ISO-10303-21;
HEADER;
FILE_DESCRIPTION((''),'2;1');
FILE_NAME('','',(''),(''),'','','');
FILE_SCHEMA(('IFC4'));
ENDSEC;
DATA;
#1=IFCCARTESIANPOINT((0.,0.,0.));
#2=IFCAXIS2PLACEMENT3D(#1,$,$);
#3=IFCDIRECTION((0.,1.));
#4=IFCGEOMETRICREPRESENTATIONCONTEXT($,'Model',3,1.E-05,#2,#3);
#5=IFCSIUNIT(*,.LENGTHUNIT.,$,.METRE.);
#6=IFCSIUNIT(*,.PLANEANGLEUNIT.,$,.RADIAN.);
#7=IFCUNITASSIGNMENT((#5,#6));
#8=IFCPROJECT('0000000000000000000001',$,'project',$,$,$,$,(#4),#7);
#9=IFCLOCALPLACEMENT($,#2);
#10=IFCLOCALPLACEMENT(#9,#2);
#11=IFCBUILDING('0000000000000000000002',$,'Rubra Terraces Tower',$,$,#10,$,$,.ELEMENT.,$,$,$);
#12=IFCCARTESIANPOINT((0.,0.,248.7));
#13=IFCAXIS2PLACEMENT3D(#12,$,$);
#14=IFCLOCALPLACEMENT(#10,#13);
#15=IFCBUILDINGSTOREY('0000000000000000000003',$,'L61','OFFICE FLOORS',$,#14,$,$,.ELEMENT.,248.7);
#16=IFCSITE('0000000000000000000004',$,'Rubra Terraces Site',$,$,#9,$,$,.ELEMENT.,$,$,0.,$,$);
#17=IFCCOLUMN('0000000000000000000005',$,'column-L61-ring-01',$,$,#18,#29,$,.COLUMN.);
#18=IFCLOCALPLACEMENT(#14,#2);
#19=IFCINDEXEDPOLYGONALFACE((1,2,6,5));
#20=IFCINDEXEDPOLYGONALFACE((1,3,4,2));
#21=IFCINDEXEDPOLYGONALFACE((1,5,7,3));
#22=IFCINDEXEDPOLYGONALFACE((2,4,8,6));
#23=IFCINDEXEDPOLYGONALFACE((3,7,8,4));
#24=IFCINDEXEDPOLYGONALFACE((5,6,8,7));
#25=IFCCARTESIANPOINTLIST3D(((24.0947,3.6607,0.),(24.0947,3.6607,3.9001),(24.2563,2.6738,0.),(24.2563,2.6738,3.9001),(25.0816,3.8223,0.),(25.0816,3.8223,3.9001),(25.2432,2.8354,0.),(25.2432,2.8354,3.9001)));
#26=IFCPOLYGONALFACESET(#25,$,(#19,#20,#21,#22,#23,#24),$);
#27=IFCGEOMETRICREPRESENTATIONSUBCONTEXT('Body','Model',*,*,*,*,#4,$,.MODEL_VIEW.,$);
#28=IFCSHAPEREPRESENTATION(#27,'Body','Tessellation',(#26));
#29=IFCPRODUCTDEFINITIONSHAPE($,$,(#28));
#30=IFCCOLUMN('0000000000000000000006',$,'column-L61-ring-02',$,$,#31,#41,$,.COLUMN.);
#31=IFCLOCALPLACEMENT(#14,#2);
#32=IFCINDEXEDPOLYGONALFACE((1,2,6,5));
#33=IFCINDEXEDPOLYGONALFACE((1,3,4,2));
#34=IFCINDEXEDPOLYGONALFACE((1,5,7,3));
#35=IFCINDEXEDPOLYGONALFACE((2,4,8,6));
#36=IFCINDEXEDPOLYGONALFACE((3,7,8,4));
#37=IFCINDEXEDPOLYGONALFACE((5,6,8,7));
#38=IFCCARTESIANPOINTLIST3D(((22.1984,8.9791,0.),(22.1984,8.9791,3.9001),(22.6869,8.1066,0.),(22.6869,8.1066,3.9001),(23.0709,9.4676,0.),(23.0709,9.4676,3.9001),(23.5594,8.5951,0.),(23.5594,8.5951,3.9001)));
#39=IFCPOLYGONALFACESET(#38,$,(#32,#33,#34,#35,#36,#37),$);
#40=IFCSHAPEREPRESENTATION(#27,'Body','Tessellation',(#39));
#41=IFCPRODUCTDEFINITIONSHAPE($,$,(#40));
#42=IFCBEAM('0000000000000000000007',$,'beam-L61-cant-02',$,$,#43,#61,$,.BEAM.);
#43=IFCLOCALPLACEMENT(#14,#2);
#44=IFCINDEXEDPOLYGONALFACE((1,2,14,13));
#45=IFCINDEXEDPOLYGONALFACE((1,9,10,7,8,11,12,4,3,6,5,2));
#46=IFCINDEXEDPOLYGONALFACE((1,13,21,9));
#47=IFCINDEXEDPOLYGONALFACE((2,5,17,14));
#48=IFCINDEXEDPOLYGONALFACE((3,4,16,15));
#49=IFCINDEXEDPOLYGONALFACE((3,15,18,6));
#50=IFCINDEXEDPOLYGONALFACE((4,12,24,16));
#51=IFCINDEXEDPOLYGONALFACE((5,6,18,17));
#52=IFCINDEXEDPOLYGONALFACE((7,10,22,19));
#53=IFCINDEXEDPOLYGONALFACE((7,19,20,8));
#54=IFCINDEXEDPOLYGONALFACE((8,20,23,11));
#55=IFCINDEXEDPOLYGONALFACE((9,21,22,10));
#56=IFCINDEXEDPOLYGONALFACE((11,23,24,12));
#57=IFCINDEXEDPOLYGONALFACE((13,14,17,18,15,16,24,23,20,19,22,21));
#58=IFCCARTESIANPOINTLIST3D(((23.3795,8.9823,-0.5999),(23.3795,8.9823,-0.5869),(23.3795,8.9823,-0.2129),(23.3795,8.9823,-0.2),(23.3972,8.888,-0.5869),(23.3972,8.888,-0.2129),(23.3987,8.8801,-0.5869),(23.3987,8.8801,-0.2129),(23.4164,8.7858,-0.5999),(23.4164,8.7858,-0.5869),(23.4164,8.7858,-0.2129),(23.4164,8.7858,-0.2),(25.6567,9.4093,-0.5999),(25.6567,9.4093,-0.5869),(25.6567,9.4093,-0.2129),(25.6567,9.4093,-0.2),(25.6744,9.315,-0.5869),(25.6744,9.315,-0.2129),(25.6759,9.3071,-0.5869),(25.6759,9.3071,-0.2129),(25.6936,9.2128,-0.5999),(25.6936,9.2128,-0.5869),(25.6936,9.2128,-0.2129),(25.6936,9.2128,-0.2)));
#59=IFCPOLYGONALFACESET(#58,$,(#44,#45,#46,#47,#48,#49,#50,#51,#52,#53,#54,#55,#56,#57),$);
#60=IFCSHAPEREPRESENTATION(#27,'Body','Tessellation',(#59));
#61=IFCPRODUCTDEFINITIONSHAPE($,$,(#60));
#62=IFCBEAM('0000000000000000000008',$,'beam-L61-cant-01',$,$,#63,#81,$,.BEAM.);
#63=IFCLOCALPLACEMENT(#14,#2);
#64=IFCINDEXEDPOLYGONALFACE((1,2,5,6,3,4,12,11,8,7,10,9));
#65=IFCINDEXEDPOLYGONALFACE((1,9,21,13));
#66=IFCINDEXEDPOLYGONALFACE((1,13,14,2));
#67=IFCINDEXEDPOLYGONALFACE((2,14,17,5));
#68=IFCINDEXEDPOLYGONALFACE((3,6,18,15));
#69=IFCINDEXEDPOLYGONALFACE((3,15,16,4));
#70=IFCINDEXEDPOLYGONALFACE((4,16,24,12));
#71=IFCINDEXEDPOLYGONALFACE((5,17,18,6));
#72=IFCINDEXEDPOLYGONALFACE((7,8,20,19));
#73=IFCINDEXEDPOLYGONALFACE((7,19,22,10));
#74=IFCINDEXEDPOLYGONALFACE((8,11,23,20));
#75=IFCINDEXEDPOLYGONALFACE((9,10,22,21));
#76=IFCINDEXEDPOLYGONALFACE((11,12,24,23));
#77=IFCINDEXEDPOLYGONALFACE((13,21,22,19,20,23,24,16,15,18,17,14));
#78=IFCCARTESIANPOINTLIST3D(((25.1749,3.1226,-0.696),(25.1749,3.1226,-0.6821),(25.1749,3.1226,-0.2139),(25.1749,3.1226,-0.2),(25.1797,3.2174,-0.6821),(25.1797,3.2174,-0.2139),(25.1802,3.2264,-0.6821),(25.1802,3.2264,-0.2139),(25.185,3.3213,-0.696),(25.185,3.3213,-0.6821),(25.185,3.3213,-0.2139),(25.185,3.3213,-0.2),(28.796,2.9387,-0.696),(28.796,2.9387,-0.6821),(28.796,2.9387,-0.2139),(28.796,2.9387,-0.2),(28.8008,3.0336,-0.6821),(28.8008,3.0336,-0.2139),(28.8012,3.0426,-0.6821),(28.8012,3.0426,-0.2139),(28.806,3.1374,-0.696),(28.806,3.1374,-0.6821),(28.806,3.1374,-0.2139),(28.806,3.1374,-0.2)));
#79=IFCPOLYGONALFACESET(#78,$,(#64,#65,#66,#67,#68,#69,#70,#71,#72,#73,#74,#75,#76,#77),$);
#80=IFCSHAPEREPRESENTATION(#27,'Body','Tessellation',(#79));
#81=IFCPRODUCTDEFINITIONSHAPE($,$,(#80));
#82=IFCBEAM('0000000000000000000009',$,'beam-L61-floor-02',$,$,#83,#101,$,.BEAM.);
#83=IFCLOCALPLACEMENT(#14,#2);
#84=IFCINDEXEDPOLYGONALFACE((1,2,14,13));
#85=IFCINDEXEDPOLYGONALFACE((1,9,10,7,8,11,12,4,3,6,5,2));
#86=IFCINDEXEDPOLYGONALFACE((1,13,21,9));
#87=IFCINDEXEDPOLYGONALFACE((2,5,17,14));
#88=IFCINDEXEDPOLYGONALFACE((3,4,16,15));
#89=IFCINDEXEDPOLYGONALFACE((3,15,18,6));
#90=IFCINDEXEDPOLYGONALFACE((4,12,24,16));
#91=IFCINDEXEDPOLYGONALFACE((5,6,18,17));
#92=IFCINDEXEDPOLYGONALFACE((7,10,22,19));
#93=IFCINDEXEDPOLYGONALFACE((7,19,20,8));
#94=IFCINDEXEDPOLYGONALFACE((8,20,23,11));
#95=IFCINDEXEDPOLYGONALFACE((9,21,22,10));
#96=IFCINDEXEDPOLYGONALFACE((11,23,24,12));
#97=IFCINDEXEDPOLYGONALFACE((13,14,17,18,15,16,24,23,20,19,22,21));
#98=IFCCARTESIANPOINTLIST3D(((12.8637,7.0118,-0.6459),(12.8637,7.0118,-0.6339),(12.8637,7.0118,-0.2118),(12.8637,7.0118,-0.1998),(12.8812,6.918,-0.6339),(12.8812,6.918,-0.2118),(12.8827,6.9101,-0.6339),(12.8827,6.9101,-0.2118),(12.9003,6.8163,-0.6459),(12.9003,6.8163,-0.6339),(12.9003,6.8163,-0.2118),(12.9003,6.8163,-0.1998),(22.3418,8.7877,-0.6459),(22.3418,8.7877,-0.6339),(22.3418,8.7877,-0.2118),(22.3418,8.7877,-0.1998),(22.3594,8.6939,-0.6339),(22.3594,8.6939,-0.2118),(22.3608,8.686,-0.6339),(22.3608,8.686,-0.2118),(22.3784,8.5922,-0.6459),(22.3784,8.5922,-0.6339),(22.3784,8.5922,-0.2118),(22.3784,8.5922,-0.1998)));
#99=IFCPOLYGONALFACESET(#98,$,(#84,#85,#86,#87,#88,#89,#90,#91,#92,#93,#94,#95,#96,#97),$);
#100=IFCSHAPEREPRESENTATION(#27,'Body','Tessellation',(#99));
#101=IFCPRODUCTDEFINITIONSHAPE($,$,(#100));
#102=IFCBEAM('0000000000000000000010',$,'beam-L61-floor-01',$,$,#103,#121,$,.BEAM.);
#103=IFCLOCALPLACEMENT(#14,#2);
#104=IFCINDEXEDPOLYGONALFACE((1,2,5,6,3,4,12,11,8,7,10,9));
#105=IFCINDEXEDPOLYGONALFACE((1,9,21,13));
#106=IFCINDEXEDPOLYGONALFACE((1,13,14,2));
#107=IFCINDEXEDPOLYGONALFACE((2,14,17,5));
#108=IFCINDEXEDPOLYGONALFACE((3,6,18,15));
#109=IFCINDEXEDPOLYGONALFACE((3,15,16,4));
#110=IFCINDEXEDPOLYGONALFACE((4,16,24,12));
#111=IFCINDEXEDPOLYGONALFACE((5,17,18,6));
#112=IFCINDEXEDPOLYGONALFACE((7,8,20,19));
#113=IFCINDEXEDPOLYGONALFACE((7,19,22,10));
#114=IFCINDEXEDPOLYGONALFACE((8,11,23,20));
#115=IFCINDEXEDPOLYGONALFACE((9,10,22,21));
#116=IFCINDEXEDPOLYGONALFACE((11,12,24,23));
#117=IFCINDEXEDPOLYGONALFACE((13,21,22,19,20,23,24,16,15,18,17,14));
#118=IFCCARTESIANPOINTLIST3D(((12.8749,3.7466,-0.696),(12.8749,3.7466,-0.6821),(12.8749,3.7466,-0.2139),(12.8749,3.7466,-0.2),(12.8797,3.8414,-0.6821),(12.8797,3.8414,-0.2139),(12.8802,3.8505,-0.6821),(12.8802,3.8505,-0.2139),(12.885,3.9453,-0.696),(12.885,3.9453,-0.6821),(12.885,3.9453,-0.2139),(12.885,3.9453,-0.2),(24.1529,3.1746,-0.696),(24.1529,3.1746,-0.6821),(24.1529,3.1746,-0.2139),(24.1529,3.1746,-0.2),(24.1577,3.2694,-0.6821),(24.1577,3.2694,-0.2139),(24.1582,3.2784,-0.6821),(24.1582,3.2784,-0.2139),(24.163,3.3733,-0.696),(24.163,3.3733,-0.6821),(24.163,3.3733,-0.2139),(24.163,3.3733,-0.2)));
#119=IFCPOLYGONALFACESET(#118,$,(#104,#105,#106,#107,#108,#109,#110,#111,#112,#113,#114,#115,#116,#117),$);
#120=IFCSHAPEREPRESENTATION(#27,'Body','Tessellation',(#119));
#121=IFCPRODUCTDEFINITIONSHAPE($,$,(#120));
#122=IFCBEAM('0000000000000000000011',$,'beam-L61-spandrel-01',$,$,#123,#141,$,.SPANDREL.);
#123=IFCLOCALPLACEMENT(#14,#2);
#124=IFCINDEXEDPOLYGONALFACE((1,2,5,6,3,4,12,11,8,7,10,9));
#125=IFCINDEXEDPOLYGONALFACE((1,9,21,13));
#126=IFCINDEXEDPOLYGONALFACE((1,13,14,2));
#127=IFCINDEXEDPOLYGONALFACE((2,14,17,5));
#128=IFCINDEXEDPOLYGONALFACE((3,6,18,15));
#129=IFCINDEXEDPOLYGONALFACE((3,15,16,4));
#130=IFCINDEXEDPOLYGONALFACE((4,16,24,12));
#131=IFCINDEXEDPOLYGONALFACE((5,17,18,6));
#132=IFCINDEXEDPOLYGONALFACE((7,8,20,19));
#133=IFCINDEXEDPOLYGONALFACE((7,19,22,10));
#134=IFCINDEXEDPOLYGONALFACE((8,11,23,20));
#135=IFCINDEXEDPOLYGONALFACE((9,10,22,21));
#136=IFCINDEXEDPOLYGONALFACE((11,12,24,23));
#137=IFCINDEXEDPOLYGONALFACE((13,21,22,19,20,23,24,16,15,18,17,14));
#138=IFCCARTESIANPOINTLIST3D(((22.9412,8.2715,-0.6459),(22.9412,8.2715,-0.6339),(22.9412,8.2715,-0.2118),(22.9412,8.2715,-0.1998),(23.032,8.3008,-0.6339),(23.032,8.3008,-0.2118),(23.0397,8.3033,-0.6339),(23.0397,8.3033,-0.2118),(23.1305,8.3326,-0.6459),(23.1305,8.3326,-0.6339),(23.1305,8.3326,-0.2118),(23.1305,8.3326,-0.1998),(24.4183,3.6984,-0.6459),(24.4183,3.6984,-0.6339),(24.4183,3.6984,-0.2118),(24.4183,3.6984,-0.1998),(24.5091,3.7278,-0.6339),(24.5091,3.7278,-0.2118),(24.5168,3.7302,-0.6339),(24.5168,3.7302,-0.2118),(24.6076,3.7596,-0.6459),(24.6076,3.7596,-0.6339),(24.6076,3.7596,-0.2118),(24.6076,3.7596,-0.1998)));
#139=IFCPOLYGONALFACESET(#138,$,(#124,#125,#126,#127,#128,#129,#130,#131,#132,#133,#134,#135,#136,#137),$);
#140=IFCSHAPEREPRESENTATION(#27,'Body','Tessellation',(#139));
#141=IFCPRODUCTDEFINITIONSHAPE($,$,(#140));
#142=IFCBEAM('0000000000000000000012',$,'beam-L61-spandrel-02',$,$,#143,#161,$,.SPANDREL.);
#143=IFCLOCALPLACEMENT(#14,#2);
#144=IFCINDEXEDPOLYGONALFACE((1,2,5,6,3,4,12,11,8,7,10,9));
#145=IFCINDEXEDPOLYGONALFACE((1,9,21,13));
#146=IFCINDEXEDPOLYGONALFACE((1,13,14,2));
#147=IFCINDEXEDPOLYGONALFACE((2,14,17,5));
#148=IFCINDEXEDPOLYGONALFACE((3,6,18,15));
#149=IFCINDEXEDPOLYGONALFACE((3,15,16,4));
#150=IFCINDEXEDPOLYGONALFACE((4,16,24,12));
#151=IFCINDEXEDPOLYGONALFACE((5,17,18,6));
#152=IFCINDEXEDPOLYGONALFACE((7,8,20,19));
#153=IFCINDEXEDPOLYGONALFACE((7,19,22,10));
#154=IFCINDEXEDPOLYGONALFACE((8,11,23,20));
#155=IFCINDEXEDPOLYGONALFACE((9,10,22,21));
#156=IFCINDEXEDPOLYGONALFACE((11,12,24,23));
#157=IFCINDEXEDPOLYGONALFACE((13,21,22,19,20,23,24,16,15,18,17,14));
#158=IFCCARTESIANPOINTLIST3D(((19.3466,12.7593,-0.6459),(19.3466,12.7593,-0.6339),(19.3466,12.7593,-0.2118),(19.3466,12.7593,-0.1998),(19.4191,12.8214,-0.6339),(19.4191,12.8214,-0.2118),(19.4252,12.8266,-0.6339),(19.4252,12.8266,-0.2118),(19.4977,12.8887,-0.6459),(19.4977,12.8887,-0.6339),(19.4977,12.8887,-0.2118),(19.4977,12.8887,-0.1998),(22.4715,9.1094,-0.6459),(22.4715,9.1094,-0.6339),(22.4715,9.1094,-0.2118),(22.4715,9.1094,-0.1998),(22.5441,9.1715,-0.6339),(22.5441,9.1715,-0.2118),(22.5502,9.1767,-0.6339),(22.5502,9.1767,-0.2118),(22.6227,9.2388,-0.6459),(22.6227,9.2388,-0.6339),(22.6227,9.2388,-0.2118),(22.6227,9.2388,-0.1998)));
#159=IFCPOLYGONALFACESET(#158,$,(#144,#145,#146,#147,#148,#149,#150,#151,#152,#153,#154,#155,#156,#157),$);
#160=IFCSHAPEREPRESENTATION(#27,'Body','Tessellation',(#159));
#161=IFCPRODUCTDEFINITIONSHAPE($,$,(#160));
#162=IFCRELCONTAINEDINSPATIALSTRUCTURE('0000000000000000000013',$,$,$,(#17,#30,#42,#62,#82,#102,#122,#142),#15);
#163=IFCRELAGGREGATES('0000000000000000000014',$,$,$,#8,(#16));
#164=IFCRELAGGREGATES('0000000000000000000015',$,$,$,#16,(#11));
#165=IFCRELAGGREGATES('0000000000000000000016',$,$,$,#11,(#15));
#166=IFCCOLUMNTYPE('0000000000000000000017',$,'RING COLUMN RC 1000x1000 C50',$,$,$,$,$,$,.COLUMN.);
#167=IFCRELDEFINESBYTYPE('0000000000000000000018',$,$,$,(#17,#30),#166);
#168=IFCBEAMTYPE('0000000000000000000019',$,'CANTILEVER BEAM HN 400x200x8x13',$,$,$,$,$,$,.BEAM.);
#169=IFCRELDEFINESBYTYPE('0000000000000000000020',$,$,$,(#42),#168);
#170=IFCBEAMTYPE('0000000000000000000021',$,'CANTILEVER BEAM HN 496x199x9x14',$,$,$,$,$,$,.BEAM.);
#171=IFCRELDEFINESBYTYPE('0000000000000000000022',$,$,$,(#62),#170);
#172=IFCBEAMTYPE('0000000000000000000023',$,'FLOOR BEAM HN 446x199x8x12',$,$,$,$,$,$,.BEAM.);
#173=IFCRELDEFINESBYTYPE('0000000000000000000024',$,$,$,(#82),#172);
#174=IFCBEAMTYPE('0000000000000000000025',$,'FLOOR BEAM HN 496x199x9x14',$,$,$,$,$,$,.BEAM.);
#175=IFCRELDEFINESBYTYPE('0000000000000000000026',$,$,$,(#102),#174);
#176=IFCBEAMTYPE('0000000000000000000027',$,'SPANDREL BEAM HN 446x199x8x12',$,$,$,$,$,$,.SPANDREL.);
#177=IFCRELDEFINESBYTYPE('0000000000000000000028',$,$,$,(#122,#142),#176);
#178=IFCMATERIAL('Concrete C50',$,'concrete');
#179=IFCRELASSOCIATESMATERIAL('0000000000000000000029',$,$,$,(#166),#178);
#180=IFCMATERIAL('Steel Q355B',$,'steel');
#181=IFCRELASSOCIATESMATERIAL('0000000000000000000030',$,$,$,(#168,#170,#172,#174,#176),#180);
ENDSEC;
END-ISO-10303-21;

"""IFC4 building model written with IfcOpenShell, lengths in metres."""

from ifc_helpers import new_model, si_unit, direction, frame, origin, origin_2d, place, context, subcontext, project, spatial, rectangle, i_section, extrude, material, material_profile, profile_set, type_object, element, save


model = new_model("IFC4")

# Units and contexts
model_context = context("Model", 3, precision=1e-05, world=origin(), true_north=direction((0.0, 1.0)))
body_context = subcontext(model_context, "Body", "Model", "MODEL_VIEW")
ifc_project = project(units=[si_unit("LENGTHUNIT", "METRE"), si_unit("PLANEANGLEUNIT", "RADIAN")], contexts=[model_context])

# Site, building, storey
site_placement = place(None, origin())
site = spatial("IfcSite", under=ifc_project, at=site_placement, Name="Rubra Terraces Site", CompositionType="ELEMENT", RefElevation=0.0)
building_placement = place(site_placement, origin())
building = spatial("IfcBuilding", under=site, at=building_placement, Name="Rubra Terraces Tower", CompositionType="ELEMENT")
storey_placement = place(building_placement, frame((0.0, 0.0, 248.7)))
storey = spatial("IfcBuildingStorey", under=building, at=storey_placement, Name="L61", Description="OFFICE FLOORS", CompositionType="ELEMENT", Elevation=248.7)

# Columns
ifc_material_1 = material(Name="Concrete C50", Category="concrete")
ifc_material_profile_1 = material_profile(ifc_material_1, rectangle(XDim=1.0, YDim=1.0, at=origin_2d()), Name="RC 1000x1000")
ifc_profile_set_1 = profile_set([ifc_material_profile_1], Name="Concrete C50")
column_type = type_object("IfcColumnType", Name="RING COLUMN RC 1000x1000 C50", PredefinedType="COLUMN", material=ifc_profile_set_1)
for number, where, z_axis, x_axis, name in (
    (1, (24.6689, 3.248, 0.0), (0.0, 0.0, 1.0), (-0.161559, 0.986863, 0.0), "column-L61-ring-01"),
    (2, (22.8789, 8.7871, 0.0), (0.0, 0.0, 1.0), (-0.488526, 0.872549, 0.0), "column-L61-ring-02"),
):
    element("IfcColumn", number, at=place(storey_placement, frame(where, z_axis=z_axis, x_axis=x_axis)), inside=storey, type_object=column_type, Name=name, PredefinedType="COLUMN", context=body_context, shape_type="SweptSolid", body=[
        extrude(rectangle(XDim=1.0, YDim=1.0, at=origin_2d()), origin(), (0.0, 0.0, 1.0), 3.9001),
    ])

# Beams
ifc_material_2 = material(Name="Steel Q355B", Category="steel")
ifc_material_profile_2 = material_profile(ifc_material_2, i_section(OverallWidth=0.2, OverallDepth=0.3999, WebThickness=0.0081, FlangeThickness=0.0129, at=origin_2d()), Name="HN 400x200x8x13")
ifc_profile_set_2 = profile_set([ifc_material_profile_2], Name="Steel Q355B")
beam_type_1 = type_object("IfcBeamType", Name="CANTILEVER BEAM HN 400x200x8x13", PredefinedType="BEAM", material=ifc_profile_set_2)
beam_1_placement = place(storey_placement, frame((23.3979, 8.884, -0.3999), z_axis=(0.982869, 0.184308, 0.0), x_axis=(-0.184308, 0.982869, 0.0)))
element("IfcBeam", 3, at=beam_1_placement, inside=storey, type_object=beam_type_1, Name="beam-L61-cant-02", PredefinedType="BEAM", context=body_context, shape_type="SweptSolid", body=[
    extrude(i_section(OverallWidth=0.2, OverallDepth=0.3999, WebThickness=0.0081, FlangeThickness=0.0129, at=origin_2d()), origin(), (0.0, 0.0, 1.0), 2.3169),
])
ifc_material_profile_3 = material_profile(ifc_material_2, i_section(OverallWidth=0.199, OverallDepth=0.4961, WebThickness=0.009, FlangeThickness=0.0139, at=origin_2d()), Name="HN 496x199x9x14")
ifc_profile_set_3 = profile_set([ifc_material_profile_3], Name="Steel Q355B")
beam_type_2 = type_object("IfcBeamType", Name="CANTILEVER BEAM HN 496x199x9x14", PredefinedType="BEAM", material=ifc_profile_set_3)
beam_2_placement = place(storey_placement, frame((25.1799, 3.2219, -0.448), z_axis=(0.998714, -0.050703, 0.0), x_axis=(0.050703, 0.998714, 0.0)))
element("IfcBeam", 4, at=beam_2_placement, inside=storey, type_object=beam_type_2, Name="beam-L61-cant-01", PredefinedType="BEAM", context=body_context, shape_type="SweptSolid", body=[
    extrude(i_section(OverallWidth=0.199, OverallDepth=0.4961, WebThickness=0.009, FlangeThickness=0.0139, at=origin_2d()), origin(), (0.0, 0.0, 1.0), 3.6257),
])
ifc_material_profile_4 = material_profile(ifc_material_2, i_section(OverallWidth=0.199, OverallDepth=0.446, WebThickness=0.0081, FlangeThickness=0.012, at=origin_2d()), Name="HN 446x199x8x12")
ifc_profile_set_4 = profile_set([ifc_material_profile_4], Name="Steel Q355B")
beam_type_3 = type_object("IfcBeamType", Name="FLOOR BEAM HN 446x199x8x12", PredefinedType="BEAM", material=ifc_profile_set_4)
beam_3_placement = place(storey_placement, frame((22.3601, 8.6899, -0.4229), z_axis=(-0.982896, -0.184163, 0.0), x_axis=(0.184163, -0.982896, 0.0)))
element("IfcBeam", 5, at=beam_3_placement, inside=storey, type_object=beam_type_3, Name="beam-L61-floor-02", PredefinedType="BEAM", context=body_context, shape_type="SweptSolid", body=[
    extrude(i_section(OverallWidth=0.199, OverallDepth=0.446, WebThickness=0.0081, FlangeThickness=0.012, at=origin_2d()), origin(), (0.0, 0.0, 1.0), 9.6431),
])
ifc_material_profile_5 = material_profile(ifc_material_2, i_section(OverallWidth=0.199, OverallDepth=0.4961, WebThickness=0.009, FlangeThickness=0.0139, at=origin_2d()), Name="HN 496x199x9x14")
ifc_profile_set_5 = profile_set([ifc_material_profile_5], Name="Steel Q355B")
beam_type_4 = type_object("IfcBeamType", Name="FLOOR BEAM HN 496x199x9x14", PredefinedType="BEAM", material=ifc_profile_set_5)
beam_4_placement = place(storey_placement, frame((24.158, 3.2739, -0.448), z_axis=(-0.998716, 0.050655, 0.0), x_axis=(-0.050655, -0.998716, 0.0)))
element("IfcBeam", 6, at=beam_4_placement, inside=storey, type_object=beam_type_4, Name="beam-L61-floor-01", PredefinedType="BEAM", context=body_context, shape_type="SweptSolid", body=[
    extrude(i_section(OverallWidth=0.199, OverallDepth=0.4961, WebThickness=0.009, FlangeThickness=0.0139, at=origin_2d()), origin(), (0.0, 0.0, 1.0), 11.2925),
])
ifc_material_profile_6 = material_profile(ifc_material_2, i_section(OverallWidth=0.199, OverallDepth=0.446, WebThickness=0.0081, FlangeThickness=0.012, at=origin_2d()), Name="HN 446x199x8x12")
ifc_profile_set_6 = profile_set([ifc_material_profile_6], Name="Steel Q355B")
beam_type_5 = type_object("IfcBeamType", Name="SPANDREL BEAM HN 446x199x8x12", PredefinedType="SPANDREL", material=ifc_profile_set_6)
beam_5_placement = place(storey_placement, frame((24.5129, 3.729, -0.4229), z_axis=(-0.307359, 0.951594, 0.0), x_axis=(-0.951594, -0.307359, 0.0)))
element("IfcBeam", 7, at=beam_5_placement, inside=storey, type_object=beam_type_5, Name="beam-L61-spandrel-01", PredefinedType="SPANDREL", context=body_context, shape_type="SweptSolid", body=[
    extrude(i_section(OverallWidth=0.199, OverallDepth=0.446, WebThickness=0.0081, FlangeThickness=0.012, at=origin_2d()), origin(), (0.0, 0.0, 1.0), 4.8057),
])
beam_6_placement = place(storey_placement, frame((22.5471, 9.1741, -0.4229), z_axis=(-0.650373, 0.759615, 0.0), x_axis=(-0.759615, -0.650373, 0.0)))
element("IfcBeam", 8, at=beam_6_placement, inside=storey, type_object=beam_type_5, Name="beam-L61-spandrel-02", PredefinedType="SPANDREL", context=body_context, shape_type="SweptSolid", body=[
    extrude(i_section(OverallWidth=0.199, OverallDepth=0.446, WebThickness=0.0081, FlangeThickness=0.012, at=origin_2d()), origin(), (0.0, 0.0, 1.0), 4.8049),
])

save(model, "model.ifc")
